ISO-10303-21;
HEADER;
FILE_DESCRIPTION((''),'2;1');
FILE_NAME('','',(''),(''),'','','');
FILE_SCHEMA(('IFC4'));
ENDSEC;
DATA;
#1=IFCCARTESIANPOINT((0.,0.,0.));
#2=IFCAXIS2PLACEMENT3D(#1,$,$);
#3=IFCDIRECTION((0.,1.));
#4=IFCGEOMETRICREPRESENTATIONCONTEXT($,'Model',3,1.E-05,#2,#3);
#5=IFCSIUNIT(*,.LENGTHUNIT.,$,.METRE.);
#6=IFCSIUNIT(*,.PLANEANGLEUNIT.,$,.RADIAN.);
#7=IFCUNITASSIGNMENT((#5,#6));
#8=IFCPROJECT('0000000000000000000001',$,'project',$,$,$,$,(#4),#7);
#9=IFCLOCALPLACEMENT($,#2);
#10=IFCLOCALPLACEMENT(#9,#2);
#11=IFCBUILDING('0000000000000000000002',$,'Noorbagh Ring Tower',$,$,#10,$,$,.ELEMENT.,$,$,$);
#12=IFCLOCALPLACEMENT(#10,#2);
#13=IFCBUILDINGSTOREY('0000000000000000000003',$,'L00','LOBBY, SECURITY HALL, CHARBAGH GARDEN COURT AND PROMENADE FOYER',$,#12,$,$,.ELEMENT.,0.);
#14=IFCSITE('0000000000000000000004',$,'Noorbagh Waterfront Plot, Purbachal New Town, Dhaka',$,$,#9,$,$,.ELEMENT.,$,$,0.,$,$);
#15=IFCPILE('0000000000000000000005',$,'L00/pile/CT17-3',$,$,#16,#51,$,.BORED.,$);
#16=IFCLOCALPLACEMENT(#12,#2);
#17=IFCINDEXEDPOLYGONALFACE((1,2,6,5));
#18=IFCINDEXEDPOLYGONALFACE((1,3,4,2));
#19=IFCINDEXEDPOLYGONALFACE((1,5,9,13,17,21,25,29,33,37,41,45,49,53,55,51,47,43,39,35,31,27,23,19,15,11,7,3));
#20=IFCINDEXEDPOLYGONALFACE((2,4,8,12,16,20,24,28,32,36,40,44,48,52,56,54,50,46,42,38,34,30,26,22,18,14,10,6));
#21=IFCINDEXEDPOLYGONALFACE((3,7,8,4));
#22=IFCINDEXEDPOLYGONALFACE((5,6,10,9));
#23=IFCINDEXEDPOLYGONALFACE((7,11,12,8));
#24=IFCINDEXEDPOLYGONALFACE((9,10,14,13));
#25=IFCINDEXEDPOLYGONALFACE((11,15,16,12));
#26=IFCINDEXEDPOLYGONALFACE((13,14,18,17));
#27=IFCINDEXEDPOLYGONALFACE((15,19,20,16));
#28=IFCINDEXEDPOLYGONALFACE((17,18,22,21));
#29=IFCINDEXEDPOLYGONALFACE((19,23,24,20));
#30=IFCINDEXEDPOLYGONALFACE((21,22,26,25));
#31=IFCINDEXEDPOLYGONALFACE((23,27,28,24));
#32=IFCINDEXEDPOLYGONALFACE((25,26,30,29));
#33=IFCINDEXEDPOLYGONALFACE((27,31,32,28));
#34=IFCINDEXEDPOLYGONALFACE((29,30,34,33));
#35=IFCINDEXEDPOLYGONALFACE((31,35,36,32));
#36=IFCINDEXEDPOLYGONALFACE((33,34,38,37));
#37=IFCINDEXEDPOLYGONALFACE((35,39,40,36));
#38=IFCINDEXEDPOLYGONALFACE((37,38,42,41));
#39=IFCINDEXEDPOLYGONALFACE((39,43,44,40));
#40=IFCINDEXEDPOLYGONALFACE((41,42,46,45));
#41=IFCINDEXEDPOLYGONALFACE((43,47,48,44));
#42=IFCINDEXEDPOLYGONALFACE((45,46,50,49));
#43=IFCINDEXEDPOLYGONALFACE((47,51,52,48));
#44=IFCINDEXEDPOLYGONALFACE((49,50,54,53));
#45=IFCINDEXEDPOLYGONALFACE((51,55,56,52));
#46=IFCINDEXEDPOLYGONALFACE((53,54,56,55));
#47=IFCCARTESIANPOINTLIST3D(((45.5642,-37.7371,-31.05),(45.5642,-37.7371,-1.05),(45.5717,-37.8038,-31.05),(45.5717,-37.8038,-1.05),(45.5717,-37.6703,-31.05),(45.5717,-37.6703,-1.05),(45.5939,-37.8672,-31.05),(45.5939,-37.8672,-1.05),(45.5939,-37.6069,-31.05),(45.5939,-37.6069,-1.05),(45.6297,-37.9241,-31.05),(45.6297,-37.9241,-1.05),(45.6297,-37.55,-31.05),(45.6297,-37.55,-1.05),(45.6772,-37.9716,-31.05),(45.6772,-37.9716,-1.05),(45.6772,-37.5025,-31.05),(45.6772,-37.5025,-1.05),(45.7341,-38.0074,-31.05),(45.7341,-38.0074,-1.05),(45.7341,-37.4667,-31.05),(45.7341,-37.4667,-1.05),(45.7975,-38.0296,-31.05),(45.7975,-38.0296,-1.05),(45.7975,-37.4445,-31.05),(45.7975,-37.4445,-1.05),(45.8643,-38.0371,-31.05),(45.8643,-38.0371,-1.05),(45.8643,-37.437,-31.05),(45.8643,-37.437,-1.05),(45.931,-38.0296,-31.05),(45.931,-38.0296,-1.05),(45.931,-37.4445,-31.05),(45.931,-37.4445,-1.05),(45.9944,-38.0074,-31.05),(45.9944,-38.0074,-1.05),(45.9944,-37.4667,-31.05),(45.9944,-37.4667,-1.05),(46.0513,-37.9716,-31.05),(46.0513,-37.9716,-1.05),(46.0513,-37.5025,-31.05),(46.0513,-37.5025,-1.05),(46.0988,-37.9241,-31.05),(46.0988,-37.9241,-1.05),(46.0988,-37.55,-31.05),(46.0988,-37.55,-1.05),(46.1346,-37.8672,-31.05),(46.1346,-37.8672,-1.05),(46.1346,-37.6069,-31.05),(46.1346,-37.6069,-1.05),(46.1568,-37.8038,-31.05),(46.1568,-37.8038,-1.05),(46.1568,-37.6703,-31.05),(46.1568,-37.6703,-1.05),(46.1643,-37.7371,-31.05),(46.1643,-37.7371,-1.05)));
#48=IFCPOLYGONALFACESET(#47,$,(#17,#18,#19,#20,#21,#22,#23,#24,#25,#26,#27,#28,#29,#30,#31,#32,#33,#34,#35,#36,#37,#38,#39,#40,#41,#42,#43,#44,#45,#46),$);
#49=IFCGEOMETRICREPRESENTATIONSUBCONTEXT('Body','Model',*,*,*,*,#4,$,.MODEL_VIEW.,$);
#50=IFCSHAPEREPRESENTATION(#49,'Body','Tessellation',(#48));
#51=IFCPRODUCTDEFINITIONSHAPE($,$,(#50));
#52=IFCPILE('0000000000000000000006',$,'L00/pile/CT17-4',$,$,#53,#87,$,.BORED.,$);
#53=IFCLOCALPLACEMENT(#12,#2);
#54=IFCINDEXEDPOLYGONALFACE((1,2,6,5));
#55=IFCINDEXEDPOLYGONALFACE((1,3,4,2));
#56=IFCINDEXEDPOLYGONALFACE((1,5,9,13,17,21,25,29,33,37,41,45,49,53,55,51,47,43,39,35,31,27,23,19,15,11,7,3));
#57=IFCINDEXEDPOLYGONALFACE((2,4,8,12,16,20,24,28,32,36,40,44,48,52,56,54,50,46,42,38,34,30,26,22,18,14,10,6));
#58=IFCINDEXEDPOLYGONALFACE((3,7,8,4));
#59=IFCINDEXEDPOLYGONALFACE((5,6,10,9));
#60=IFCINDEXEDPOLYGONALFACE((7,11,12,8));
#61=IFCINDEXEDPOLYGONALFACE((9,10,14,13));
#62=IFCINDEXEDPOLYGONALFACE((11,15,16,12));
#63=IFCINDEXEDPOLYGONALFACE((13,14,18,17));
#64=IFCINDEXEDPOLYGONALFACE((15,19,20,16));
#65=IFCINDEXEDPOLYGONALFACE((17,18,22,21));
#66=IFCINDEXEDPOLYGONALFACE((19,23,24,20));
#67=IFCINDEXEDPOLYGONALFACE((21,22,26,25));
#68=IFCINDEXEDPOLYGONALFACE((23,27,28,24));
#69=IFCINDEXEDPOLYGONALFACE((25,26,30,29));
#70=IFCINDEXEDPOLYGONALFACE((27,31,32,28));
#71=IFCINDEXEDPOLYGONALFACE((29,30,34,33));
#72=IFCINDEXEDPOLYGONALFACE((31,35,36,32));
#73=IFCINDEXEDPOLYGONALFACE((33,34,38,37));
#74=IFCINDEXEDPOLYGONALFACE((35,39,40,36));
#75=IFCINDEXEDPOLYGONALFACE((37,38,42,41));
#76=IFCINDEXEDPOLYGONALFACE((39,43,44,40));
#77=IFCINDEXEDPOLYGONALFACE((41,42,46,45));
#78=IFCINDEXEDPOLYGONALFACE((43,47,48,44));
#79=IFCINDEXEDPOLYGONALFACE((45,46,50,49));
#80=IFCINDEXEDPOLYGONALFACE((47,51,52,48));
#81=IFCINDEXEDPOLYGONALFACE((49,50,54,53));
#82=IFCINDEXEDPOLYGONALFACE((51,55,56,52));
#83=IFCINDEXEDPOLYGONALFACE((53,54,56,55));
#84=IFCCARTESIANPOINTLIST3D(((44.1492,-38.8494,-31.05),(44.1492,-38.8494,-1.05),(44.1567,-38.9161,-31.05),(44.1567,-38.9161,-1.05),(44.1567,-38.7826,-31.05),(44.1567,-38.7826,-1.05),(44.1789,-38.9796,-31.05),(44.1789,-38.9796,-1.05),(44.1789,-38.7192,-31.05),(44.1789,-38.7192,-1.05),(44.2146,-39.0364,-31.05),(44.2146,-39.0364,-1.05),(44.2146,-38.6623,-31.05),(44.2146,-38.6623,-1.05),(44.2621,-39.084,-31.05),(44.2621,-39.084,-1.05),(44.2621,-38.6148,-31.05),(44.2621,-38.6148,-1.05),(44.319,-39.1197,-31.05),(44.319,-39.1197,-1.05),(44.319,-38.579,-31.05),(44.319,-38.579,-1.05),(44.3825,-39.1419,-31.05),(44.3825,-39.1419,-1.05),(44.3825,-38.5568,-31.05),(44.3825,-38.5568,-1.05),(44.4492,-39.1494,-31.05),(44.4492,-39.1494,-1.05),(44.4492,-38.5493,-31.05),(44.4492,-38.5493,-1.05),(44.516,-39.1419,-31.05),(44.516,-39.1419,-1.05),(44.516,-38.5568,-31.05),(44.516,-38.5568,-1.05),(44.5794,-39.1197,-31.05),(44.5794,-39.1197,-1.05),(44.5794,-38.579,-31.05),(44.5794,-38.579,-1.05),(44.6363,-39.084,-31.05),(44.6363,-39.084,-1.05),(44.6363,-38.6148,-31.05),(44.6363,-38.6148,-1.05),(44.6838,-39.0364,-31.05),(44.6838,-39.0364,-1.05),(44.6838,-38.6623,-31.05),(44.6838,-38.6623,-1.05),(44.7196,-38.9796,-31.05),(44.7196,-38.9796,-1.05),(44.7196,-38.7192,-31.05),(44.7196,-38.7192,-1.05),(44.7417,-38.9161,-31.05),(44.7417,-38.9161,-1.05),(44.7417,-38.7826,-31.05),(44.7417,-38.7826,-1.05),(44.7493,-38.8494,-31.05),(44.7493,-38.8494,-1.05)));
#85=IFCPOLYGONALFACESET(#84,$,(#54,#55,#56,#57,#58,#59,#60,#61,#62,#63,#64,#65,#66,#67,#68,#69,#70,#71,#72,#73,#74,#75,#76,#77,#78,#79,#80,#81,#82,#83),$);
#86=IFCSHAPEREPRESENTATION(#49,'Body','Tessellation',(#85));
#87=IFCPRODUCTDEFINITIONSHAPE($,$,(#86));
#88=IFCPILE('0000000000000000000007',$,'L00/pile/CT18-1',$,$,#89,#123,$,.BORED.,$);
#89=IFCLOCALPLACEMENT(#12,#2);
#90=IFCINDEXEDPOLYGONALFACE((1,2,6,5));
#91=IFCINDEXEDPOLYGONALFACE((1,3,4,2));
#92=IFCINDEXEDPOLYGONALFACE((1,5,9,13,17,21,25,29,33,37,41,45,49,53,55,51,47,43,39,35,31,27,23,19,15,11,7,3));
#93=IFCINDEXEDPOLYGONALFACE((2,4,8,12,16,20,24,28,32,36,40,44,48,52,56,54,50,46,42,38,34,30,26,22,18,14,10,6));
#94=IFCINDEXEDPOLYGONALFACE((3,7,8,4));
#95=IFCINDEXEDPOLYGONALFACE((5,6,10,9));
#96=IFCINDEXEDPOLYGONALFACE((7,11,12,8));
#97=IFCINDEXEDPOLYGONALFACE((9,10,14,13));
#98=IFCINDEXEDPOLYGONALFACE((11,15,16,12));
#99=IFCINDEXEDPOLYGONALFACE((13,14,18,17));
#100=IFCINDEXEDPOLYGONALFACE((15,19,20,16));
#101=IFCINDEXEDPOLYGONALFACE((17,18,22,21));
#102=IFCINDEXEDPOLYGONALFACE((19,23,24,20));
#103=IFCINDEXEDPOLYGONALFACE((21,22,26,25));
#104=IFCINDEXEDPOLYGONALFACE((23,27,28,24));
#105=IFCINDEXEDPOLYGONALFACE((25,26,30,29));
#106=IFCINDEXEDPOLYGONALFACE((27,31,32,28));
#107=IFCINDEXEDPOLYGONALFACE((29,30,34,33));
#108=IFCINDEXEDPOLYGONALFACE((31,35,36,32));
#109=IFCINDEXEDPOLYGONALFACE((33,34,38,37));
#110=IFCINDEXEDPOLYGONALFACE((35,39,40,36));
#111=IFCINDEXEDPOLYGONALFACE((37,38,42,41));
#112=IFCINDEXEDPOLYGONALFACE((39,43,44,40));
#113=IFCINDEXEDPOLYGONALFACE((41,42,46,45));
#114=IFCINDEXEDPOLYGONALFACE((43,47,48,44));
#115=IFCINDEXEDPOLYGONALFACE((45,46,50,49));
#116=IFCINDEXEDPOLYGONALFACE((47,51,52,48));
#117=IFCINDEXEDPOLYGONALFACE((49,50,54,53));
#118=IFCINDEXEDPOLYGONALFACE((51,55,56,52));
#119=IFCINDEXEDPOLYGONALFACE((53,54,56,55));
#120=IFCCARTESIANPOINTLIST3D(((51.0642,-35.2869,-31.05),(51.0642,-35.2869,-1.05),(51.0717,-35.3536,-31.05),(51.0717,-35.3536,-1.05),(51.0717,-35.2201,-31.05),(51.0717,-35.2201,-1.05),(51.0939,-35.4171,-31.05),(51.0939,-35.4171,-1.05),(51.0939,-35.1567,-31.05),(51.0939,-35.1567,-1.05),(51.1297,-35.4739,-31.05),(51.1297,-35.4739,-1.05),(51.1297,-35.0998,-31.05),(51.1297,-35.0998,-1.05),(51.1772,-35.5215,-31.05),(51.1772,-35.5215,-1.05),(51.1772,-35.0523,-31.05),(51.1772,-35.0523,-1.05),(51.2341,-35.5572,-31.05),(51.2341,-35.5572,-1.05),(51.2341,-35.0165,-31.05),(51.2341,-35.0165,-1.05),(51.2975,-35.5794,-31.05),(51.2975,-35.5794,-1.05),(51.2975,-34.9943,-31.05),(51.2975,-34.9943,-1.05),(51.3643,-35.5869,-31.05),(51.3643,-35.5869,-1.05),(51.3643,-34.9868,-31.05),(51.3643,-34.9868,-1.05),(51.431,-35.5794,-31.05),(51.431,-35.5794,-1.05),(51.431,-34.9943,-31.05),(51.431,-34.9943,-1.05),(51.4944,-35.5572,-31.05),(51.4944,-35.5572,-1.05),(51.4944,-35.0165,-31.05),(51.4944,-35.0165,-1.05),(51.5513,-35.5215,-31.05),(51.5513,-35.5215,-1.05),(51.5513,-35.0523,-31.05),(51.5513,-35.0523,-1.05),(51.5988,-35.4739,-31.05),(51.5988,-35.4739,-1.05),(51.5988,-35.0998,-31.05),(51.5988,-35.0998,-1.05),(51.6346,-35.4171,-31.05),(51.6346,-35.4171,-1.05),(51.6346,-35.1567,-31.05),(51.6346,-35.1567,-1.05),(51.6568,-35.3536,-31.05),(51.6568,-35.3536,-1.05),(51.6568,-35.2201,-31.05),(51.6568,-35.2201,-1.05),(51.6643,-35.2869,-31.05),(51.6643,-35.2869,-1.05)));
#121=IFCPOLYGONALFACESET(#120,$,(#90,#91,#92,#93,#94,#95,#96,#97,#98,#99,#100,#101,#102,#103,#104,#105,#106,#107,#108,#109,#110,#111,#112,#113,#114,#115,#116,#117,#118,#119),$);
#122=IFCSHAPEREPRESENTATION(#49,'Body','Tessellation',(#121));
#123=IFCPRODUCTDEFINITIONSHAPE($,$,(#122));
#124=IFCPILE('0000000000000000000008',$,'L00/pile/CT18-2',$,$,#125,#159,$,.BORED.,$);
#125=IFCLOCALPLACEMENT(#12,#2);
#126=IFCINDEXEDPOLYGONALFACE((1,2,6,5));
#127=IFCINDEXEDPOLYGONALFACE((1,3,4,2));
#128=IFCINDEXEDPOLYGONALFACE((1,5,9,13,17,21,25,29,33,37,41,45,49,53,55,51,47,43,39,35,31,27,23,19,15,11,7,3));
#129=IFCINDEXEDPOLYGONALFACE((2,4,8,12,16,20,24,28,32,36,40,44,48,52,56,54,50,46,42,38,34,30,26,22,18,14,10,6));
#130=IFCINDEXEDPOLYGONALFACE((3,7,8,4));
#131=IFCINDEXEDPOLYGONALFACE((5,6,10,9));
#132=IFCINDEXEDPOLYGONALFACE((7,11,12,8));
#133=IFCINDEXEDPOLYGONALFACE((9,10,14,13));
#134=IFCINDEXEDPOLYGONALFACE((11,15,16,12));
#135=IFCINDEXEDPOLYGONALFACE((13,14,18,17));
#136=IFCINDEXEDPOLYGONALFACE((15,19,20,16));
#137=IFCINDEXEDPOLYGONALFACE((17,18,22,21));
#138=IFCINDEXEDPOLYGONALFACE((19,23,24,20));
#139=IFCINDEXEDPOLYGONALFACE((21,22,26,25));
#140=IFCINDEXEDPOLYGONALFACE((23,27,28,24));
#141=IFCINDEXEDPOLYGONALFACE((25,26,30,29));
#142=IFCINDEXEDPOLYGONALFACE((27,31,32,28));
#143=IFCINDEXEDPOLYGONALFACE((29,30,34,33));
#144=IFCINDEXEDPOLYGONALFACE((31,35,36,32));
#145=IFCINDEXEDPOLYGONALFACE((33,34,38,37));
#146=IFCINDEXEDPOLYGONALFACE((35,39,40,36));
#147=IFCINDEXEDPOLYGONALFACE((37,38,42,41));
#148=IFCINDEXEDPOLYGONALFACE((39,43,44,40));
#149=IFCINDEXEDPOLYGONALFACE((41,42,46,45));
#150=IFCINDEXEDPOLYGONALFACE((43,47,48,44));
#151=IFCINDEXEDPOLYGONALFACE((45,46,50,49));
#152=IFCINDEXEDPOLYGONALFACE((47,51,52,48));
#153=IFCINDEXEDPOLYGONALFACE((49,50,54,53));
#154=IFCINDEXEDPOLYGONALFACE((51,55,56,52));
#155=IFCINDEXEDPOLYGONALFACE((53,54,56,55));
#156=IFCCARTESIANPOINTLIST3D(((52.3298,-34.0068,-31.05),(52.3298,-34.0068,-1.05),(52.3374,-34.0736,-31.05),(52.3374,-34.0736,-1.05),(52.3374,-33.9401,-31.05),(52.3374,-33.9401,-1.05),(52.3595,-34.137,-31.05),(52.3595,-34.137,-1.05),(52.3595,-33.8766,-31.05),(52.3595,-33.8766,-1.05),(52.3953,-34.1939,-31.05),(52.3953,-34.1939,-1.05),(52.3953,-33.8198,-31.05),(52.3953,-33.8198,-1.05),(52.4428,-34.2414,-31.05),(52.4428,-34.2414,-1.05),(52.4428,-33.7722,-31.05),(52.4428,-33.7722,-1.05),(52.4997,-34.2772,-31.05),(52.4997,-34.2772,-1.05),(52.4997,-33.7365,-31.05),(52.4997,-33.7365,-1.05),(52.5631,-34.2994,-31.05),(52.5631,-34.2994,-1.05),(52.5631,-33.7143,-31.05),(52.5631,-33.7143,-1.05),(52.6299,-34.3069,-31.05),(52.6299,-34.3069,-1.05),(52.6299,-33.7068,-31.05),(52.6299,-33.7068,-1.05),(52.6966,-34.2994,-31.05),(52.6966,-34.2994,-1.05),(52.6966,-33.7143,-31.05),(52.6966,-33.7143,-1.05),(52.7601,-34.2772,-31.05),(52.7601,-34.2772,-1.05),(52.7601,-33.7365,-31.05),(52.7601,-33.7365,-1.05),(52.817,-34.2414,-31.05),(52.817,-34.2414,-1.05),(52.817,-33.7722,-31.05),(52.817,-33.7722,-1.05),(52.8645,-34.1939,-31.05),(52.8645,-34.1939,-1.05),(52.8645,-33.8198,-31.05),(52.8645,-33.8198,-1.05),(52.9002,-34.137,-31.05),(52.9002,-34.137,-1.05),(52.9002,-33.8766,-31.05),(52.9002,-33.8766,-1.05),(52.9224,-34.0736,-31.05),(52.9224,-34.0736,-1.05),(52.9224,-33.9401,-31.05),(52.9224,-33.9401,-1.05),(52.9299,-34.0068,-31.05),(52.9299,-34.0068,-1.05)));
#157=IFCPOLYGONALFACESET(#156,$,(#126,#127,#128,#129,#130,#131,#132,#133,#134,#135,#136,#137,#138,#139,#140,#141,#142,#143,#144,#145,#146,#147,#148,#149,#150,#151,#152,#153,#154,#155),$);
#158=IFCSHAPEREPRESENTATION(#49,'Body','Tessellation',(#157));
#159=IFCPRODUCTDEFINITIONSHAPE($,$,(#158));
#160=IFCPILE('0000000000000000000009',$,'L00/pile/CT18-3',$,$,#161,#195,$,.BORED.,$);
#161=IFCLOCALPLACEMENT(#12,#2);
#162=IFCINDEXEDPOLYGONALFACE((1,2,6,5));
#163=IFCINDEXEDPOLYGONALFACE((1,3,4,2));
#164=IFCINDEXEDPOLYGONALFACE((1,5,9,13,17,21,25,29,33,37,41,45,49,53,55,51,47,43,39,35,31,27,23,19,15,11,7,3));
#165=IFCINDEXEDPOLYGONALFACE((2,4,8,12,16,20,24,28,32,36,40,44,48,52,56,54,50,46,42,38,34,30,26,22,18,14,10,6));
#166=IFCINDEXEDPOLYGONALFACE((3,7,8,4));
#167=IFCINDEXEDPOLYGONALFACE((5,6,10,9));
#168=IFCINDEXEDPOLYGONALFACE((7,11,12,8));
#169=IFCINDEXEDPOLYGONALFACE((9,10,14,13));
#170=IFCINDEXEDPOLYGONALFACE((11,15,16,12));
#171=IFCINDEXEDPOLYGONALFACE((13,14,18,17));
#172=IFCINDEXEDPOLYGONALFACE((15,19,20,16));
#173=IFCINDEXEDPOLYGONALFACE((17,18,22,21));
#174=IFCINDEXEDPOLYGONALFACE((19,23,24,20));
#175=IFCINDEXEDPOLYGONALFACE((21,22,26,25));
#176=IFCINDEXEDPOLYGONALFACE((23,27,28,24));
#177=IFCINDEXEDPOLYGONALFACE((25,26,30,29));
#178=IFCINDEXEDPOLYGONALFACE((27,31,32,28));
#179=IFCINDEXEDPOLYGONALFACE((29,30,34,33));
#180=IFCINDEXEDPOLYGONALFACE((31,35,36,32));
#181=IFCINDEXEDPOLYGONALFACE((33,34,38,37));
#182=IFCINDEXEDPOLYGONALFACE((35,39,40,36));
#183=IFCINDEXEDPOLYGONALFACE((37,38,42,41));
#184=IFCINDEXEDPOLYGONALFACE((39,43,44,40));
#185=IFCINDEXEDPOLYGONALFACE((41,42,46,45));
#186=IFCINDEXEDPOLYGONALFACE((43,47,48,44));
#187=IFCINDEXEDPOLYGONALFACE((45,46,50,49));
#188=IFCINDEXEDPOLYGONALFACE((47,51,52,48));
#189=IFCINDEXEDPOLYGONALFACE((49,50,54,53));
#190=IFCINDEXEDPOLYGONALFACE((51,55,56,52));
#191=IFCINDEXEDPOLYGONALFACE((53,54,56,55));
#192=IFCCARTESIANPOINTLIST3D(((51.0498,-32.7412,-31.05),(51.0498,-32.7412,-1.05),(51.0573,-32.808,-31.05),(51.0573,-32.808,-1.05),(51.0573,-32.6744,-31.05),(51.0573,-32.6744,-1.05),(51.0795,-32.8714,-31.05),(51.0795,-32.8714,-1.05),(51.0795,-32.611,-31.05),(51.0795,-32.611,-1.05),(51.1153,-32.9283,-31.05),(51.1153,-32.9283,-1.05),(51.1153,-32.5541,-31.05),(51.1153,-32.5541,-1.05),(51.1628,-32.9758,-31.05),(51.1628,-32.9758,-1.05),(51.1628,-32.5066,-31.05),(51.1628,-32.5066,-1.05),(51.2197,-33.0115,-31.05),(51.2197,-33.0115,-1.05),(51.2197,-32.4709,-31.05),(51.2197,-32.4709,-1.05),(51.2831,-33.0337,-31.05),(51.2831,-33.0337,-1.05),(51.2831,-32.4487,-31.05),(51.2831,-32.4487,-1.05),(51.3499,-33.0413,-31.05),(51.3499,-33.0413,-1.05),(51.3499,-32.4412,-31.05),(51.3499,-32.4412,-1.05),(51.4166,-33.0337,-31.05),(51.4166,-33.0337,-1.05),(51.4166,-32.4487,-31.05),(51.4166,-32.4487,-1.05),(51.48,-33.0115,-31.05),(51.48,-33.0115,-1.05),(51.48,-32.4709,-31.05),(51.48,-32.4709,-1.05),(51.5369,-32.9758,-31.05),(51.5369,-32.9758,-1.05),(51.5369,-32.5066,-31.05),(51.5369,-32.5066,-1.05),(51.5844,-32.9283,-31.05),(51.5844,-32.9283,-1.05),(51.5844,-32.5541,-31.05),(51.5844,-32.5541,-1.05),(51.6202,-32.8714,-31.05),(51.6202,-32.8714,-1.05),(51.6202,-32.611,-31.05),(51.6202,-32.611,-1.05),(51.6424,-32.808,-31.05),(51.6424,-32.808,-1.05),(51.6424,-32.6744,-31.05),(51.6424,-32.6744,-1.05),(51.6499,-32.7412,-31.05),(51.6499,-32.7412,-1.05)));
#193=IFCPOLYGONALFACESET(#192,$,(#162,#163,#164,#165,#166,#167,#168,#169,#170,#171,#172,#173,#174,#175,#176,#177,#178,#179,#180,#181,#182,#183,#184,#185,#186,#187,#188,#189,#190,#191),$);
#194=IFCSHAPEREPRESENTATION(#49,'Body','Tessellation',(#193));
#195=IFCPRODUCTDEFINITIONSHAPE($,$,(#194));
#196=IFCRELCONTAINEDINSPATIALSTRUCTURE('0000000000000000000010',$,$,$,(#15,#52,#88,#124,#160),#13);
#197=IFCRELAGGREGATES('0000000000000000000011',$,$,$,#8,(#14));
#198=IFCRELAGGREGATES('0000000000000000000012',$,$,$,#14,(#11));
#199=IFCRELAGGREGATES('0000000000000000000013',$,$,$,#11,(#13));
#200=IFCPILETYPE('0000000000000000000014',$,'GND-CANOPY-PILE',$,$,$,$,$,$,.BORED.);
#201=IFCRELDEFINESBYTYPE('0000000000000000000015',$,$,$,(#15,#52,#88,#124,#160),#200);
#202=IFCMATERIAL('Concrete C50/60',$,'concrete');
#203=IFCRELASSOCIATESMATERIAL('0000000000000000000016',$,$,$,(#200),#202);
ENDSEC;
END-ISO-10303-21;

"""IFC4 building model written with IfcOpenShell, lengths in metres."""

from ifc_helpers import new_model, si_unit, direction, frame, origin, origin_2d, place, context, subcontext, project, spatial, circle, extrude, material, material_profile, profile_set, type_object, element, save


model = new_model("IFC4")

# Units and contexts
model_context = context("Model", 3, precision=1e-05, world=origin(), true_north=direction((0.0, 1.0)))
body_context = subcontext(model_context, "Body", "Model", "MODEL_VIEW")
ifc_project = project(units=[si_unit("LENGTHUNIT", "METRE"), si_unit("PLANEANGLEUNIT", "RADIAN")], contexts=[model_context])

# Site, building, storey
site_placement = place(None, origin())
site = spatial("IfcSite", under=ifc_project, at=site_placement, Name="Noorbagh Waterfront Plot, Purbachal New Town, Dhaka", CompositionType="ELEMENT", RefElevation=0.0)
building_placement = place(site_placement, origin())
building = spatial("IfcBuilding", under=site, at=building_placement, Name="Noorbagh Ring Tower", CompositionType="ELEMENT")
storey_placement = place(building_placement, origin())
storey = spatial("IfcBuildingStorey", under=building, at=storey_placement, Name="L00", Description="LOBBY, SECURITY HALL, CHARBAGH GARDEN COURT AND PROMENADE FOYER", CompositionType="ELEMENT", Elevation=0.0)

# Piles
ifc_material_1 = material(Name="Concrete C50/60", Category="concrete")
ifc_material_profile_1 = material_profile(ifc_material_1, circle(Radius=0.3, at=origin_2d()), Name="PILE600")
ifc_profile_set_1 = profile_set([ifc_material_profile_1], Name="Concrete C50/60")
pile_type = type_object("IfcPileType", Name="GND-CANOPY-PILE", PredefinedType="BORED", material=ifc_profile_set_1)
for number, where, z_axis, x_axis, name in (
    (1, (45.8643, -37.7371, -1.05), (0.0, 0.0, -1.0), (1.0, 0.0, 0.0), "L00/pile/CT17-3"),
    (2, (44.4492, -38.8494, -1.05), (0.0, 0.0, -1.0), (1.0, 0.0, 0.0), "L00/pile/CT17-4"),
    (3, (51.3643, -35.2869, -1.05), (0.0, 0.0, -1.0), (1.0, 0.0, 0.0), "L00/pile/CT18-1"),
    (4, (52.6299, -34.0068, -1.05), (0.0, 0.0, -1.0), (1.0, 0.0, 0.0), "L00/pile/CT18-2"),
    (5, (51.3499, -32.7412, -1.05), (0.0, 0.0, -1.0), (1.0, 0.0, 0.0), "L00/pile/CT18-3"),
):
    element("IfcPile", number, at=place(storey_placement, frame(where, z_axis=z_axis, x_axis=x_axis)), inside=storey, type_object=pile_type, Name=name, PredefinedType="BORED", context=body_context, shape_type="SweptSolid", body=[
        extrude(circle(Radius=0.3, at=origin_2d()), origin(), (0.0, 0.0, 1.0), 30.0),
    ])

save(model, "model.ifc")
